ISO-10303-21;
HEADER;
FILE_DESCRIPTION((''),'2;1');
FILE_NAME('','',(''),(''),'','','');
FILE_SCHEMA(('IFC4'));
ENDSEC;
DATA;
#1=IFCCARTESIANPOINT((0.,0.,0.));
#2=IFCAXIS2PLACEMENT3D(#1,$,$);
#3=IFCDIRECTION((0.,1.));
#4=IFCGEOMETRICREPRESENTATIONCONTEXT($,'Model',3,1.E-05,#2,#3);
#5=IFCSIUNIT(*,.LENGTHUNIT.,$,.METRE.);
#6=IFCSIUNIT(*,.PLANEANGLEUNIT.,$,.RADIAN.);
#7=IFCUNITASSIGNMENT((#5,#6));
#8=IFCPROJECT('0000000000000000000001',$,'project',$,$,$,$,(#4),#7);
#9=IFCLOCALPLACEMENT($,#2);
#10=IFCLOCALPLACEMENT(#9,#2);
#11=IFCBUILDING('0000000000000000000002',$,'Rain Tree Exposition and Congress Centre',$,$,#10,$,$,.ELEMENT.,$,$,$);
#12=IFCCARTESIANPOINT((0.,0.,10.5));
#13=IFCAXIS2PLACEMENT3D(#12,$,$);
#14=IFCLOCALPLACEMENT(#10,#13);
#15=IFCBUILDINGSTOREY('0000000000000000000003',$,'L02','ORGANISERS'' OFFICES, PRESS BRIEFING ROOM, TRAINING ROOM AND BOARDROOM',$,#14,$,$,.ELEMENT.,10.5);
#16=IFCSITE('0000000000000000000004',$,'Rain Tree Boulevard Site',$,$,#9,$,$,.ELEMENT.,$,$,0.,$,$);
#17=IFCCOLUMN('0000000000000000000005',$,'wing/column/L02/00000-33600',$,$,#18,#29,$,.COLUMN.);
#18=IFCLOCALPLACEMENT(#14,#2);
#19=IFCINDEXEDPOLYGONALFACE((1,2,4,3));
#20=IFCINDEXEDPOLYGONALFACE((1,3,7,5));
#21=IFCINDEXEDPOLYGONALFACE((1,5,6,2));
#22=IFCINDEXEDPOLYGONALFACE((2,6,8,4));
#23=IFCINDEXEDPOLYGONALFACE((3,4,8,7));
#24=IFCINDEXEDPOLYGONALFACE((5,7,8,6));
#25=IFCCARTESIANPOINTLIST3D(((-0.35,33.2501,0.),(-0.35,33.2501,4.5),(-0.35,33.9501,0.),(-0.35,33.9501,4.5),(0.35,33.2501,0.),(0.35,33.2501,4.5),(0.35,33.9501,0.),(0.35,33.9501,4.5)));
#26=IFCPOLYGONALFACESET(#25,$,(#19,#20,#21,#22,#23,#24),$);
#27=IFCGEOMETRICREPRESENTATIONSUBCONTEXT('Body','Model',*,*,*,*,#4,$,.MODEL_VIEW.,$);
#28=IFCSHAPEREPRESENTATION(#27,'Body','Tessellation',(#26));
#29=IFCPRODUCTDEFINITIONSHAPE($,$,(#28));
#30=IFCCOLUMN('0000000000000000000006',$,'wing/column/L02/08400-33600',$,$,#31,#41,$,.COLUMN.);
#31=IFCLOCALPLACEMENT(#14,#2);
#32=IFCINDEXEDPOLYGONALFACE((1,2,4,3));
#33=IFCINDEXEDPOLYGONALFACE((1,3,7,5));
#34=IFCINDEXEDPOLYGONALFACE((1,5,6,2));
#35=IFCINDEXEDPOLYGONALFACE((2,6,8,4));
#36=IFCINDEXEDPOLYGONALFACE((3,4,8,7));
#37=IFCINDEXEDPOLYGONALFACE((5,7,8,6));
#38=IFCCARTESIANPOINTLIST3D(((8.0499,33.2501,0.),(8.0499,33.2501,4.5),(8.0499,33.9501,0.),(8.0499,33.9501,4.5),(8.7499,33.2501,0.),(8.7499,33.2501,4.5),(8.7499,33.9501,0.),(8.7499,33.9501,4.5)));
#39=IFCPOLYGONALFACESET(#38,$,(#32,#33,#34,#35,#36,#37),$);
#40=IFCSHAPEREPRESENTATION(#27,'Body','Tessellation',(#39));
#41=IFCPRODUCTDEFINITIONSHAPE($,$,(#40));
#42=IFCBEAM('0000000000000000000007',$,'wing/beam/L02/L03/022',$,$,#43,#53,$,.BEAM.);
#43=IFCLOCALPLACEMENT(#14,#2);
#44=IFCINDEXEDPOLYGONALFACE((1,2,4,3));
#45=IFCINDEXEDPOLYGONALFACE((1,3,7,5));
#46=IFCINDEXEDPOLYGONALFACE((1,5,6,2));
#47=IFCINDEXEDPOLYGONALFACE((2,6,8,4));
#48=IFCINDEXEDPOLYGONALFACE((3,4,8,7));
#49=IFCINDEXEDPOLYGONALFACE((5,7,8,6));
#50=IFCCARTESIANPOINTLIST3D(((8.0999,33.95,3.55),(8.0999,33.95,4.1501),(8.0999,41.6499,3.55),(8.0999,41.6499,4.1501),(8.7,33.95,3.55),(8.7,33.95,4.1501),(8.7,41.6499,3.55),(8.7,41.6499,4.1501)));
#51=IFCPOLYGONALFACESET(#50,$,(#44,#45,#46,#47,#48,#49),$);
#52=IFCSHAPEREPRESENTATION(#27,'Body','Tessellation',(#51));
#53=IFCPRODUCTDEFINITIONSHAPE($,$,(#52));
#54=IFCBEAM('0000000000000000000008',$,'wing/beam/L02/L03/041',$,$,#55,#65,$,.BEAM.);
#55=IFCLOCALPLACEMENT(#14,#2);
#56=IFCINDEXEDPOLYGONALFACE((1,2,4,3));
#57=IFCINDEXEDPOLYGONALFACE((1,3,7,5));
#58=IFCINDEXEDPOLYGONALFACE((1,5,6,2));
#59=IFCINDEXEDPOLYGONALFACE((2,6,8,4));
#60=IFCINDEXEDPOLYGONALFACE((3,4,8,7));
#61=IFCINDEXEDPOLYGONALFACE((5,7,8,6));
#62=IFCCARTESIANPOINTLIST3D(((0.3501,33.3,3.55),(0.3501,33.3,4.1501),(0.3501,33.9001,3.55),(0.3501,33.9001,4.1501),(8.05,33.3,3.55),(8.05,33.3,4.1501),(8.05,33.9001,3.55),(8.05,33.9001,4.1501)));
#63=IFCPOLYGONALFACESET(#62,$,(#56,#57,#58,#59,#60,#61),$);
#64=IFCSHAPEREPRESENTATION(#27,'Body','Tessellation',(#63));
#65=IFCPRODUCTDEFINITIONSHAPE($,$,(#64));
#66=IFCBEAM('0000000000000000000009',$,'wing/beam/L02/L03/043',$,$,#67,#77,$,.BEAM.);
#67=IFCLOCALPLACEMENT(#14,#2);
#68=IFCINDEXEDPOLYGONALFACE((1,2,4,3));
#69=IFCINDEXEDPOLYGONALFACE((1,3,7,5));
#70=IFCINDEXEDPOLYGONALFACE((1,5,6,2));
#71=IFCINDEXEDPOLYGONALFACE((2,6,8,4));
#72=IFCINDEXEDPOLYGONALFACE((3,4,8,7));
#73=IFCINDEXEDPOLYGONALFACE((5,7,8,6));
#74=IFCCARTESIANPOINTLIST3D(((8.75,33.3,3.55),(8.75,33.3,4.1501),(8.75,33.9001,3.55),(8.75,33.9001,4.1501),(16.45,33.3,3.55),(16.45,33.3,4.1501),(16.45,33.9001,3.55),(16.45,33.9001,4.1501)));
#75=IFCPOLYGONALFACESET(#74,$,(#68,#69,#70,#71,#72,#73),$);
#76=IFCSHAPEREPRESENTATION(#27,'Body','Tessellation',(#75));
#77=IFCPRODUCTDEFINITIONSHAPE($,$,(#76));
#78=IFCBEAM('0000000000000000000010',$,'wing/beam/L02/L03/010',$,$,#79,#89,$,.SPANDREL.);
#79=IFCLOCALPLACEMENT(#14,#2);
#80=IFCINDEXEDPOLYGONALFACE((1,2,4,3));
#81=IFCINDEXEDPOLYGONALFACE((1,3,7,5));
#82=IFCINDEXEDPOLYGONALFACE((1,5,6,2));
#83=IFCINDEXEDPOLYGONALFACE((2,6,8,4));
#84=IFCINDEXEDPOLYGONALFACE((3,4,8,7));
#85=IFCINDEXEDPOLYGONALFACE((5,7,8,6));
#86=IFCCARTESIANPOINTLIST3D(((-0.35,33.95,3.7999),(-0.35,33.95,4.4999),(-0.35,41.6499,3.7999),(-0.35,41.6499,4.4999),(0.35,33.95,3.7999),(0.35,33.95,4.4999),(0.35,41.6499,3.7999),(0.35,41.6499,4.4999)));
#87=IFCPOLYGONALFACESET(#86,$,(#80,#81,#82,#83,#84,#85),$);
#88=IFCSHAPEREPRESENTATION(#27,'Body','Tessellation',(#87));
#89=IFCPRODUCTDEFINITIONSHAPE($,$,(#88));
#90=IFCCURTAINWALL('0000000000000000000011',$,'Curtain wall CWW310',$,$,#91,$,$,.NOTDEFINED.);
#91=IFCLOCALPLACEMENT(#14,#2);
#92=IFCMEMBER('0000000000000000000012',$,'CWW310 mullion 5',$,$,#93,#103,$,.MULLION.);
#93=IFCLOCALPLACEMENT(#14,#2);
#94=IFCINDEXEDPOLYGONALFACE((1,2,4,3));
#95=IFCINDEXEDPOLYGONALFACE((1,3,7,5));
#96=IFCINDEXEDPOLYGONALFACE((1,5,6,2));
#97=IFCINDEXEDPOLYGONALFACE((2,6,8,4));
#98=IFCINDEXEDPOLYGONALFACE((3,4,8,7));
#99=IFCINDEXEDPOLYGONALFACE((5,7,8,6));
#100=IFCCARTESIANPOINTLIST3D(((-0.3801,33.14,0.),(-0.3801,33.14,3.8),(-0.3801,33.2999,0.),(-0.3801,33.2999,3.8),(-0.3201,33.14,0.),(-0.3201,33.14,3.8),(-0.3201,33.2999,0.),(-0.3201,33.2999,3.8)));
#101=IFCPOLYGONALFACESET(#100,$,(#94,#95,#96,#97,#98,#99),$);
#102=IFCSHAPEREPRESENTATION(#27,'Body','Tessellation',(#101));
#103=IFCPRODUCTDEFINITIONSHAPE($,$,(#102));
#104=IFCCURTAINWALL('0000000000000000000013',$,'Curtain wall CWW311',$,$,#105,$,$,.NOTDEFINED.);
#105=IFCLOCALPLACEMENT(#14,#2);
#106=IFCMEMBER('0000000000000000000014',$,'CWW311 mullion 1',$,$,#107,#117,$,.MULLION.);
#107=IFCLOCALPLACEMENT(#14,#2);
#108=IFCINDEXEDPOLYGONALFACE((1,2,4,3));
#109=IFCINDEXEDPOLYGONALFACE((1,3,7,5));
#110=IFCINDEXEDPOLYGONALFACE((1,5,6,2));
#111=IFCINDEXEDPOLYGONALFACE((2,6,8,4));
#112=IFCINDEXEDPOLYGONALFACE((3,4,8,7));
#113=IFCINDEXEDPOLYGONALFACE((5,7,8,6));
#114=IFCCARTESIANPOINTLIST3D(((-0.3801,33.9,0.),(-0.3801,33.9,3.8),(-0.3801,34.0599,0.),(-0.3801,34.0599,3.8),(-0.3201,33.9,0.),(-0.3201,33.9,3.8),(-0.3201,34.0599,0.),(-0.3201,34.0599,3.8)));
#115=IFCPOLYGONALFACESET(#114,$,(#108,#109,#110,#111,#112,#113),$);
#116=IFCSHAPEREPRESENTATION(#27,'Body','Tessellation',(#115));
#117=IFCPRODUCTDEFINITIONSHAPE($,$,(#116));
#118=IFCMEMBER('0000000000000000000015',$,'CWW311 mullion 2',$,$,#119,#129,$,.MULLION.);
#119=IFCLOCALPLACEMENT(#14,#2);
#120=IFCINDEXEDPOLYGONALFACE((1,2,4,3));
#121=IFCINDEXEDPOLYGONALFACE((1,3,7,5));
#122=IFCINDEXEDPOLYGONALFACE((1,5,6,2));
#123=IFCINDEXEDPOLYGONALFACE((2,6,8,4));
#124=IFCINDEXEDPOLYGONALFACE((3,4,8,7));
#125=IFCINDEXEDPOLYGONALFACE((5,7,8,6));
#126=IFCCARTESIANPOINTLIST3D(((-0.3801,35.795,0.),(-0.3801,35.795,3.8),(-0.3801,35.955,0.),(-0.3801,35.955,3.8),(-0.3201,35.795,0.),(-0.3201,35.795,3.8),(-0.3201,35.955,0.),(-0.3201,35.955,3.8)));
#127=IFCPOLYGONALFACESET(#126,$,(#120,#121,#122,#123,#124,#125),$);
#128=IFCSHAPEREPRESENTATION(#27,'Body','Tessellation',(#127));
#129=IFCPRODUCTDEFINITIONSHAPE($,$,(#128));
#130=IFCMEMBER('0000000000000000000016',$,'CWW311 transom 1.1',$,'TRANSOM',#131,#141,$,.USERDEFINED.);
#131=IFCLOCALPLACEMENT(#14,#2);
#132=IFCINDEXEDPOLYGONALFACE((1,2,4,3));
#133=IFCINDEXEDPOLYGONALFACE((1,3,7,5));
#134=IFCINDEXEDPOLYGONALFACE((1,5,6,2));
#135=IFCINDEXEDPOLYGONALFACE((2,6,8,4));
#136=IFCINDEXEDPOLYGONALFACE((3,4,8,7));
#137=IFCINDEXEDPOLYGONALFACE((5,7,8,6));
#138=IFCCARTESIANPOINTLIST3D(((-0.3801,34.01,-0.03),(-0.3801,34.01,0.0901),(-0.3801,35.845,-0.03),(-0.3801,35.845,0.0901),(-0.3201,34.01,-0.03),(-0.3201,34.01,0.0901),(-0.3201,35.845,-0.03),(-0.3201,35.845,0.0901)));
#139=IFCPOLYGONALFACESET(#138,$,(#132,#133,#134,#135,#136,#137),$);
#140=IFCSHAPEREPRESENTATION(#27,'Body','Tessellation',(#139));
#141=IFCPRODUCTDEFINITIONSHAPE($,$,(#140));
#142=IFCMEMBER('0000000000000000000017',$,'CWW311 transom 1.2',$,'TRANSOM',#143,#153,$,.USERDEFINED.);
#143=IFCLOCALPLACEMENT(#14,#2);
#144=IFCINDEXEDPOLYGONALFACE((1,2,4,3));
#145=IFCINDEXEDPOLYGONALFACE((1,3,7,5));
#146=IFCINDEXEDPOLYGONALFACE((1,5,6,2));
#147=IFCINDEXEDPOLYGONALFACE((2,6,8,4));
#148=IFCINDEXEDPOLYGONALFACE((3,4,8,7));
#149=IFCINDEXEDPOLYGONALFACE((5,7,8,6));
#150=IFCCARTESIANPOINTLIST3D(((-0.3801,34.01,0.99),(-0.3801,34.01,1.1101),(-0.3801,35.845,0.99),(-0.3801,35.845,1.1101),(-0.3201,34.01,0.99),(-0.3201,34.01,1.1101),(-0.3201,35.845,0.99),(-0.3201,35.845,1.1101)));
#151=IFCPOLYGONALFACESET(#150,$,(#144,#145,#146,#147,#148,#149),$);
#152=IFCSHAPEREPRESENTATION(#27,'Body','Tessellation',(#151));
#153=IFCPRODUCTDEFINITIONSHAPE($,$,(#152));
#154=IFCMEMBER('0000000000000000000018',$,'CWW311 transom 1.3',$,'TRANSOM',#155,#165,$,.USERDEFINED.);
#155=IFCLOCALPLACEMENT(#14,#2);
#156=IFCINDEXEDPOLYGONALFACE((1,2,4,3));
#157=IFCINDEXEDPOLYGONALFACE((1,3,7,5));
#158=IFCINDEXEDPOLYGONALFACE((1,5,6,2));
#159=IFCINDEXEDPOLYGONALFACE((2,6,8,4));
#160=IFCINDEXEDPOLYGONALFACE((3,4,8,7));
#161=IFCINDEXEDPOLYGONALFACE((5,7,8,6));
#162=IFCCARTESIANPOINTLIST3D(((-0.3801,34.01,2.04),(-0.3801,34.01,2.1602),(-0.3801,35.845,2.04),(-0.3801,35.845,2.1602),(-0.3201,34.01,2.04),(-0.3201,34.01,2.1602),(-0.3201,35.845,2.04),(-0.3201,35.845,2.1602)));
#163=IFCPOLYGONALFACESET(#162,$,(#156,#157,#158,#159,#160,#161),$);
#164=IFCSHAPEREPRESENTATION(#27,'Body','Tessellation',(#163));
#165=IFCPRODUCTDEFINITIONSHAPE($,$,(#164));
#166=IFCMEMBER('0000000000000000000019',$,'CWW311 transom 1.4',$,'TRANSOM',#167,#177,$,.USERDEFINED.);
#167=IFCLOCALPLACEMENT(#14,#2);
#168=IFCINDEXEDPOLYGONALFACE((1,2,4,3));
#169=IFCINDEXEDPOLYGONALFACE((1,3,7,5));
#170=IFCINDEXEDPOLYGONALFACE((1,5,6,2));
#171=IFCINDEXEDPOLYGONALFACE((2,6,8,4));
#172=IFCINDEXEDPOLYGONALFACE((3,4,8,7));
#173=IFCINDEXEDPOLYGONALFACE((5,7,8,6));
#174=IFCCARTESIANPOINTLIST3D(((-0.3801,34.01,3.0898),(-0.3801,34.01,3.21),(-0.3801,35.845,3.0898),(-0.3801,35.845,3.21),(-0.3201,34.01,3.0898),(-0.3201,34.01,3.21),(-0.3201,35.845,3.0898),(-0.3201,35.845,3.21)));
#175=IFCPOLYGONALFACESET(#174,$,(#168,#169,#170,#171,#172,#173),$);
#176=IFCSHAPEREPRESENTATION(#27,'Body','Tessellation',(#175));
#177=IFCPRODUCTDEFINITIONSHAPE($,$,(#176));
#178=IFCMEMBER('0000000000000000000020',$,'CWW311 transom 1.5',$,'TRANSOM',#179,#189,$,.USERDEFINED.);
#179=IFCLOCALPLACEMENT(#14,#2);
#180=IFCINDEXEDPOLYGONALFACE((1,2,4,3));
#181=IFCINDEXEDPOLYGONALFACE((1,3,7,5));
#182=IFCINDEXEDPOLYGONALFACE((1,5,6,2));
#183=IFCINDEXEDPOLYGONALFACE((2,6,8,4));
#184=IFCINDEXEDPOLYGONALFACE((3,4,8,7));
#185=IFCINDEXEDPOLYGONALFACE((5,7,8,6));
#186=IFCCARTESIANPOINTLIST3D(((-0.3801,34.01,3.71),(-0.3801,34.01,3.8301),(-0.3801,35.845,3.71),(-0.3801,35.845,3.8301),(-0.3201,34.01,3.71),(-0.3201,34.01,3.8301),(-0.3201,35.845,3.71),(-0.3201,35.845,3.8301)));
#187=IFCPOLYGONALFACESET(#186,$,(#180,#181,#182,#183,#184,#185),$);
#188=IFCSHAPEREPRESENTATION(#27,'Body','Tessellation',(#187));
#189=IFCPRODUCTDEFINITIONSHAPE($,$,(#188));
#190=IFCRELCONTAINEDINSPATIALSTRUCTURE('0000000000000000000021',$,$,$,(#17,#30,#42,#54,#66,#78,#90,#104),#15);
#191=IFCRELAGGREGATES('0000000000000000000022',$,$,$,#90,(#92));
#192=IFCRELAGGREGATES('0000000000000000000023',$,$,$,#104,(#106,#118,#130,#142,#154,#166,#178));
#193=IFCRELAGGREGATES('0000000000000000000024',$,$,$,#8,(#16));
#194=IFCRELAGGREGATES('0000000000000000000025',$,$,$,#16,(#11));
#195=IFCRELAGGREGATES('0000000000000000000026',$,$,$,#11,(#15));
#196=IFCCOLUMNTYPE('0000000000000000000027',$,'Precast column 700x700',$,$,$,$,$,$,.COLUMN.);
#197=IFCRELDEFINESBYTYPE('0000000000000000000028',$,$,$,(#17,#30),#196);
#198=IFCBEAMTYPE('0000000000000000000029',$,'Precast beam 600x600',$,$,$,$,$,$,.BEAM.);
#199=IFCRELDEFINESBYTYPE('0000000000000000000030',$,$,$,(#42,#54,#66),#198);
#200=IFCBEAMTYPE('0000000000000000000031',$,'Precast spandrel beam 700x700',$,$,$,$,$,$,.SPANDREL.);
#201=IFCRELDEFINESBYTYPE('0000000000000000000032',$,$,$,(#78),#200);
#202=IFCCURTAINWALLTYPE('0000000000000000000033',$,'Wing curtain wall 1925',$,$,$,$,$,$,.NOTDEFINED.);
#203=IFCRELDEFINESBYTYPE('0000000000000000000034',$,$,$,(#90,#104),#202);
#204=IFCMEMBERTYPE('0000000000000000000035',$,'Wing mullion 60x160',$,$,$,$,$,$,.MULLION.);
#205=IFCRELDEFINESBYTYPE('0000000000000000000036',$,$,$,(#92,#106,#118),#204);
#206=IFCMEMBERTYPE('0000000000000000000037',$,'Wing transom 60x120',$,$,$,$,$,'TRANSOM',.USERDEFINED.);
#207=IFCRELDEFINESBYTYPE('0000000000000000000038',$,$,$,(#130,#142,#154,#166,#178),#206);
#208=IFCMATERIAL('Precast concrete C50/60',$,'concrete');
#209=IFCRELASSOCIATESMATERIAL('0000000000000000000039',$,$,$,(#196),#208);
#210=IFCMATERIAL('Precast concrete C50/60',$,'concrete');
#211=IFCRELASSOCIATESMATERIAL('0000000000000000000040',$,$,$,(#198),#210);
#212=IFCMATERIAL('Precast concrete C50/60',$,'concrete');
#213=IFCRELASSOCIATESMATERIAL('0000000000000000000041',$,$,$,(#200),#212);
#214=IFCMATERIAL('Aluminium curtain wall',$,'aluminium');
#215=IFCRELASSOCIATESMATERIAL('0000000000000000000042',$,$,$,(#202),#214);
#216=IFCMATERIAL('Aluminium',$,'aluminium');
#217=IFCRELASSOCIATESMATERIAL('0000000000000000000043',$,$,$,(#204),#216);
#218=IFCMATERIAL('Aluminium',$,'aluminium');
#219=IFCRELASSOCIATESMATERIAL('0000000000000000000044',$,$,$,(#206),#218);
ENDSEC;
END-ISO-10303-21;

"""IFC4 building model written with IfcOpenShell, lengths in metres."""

from ifc_helpers import new_model, si_unit, direction, frame, origin, origin_2d, place, context, subcontext, project, spatial, rectangle, extrude, material, material_profile, profile_set, type_object, element, aggregate, save


model = new_model("IFC4")

# Units and contexts
model_context = context("Model", 3, precision=1e-05, world=origin(), true_north=direction((0.0, 1.0)))
body_context = subcontext(model_context, "Body", "Model", "MODEL_VIEW")
ifc_project = project(units=[si_unit("LENGTHUNIT", "METRE"), si_unit("PLANEANGLEUNIT", "RADIAN")], contexts=[model_context])

# Site, building, storey
site_placement = place(None, origin())
site = spatial("IfcSite", under=ifc_project, at=site_placement, Name="Rain Tree Boulevard Site", CompositionType="ELEMENT", RefElevation=0.0)
building_placement = place(site_placement, origin())
building = spatial("IfcBuilding", under=site, at=building_placement, Name="Rain Tree Exposition and Congress Centre", CompositionType="ELEMENT")
storey_placement = place(building_placement, frame((0.0, 0.0, 10.5)))
storey = spatial("IfcBuildingStorey", under=building, at=storey_placement, Name="L02", Description="ORGANISERS' OFFICES, PRESS BRIEFING ROOM, TRAINING ROOM AND BOARDROOM", CompositionType="ELEMENT", Elevation=10.5)

# Columns
ifc_material_1 = material(Name="Precast concrete C50/60", Category="concrete")
ifc_material_profile_1 = material_profile(ifc_material_1, rectangle(XDim=0.7, YDim=0.7, at=origin_2d()), Name="RC 700x700")
ifc_profile_set_1 = profile_set([ifc_material_profile_1], Name="Precast concrete C50/60")
column_type = type_object("IfcColumnType", Name="Precast column 700x700", PredefinedType="COLUMN", material=ifc_profile_set_1)
for number, where, z_axis, x_axis, name in (
    (1, (0.0, 33.6001, 0.0), (0.0, 0.0, 1.0), (1.0, 0.0, 0.0), "wing/column/L02/00000-33600"),
    (2, (8.3999, 33.6001, 0.0), (0.0, 0.0, 1.0), (1.0, 0.0, 0.0), "wing/column/L02/08400-33600"),
):
    element("IfcColumn", number, at=place(storey_placement, frame(where, z_axis=z_axis, x_axis=x_axis)), inside=storey, type_object=column_type, Name=name, PredefinedType="COLUMN", context=body_context, shape_type="SweptSolid", body=[
        extrude(rectangle(XDim=0.7, YDim=0.7, at=origin_2d()), origin(), (0.0, 0.0, 1.0), 4.5),
    ])

# Beams
ifc_material_2 = material(Name="Precast concrete C50/60", Category="concrete")
ifc_material_profile_2 = material_profile(ifc_material_2, rectangle(XDim=0.6001, YDim=0.6001, at=origin_2d()), Name="RC 600x600")
ifc_profile_set_2 = profile_set([ifc_material_profile_2], Name="Precast concrete C50/60")
beam_type_1 = type_object("IfcBeamType", Name="Precast beam 600x600", PredefinedType="BEAM", material=ifc_profile_set_2)
for number, where, z_axis, x_axis, name in (
    (3, (8.3999, 33.95, 3.8501), (0.0, 1.0, 0.0), (-1.0, 0.0, 0.0), "wing/beam/L02/L03/022"),
    (4, (0.3501, 33.6001, 3.8501), (1.0, 0.0, 0.0), (0.0, 1.0, 0.0), "wing/beam/L02/L03/041"),
    (5, (8.75, 33.6001, 3.8501), (1.0, 0.0, 0.0), (0.0, 1.0, 0.0), "wing/beam/L02/L03/043"),
):
    element("IfcBeam", number, at=place(storey_placement, frame(where, z_axis=z_axis, x_axis=x_axis)), inside=storey, type_object=beam_type_1, Name=name, PredefinedType="BEAM", context=body_context, shape_type="SweptSolid", body=[
        extrude(rectangle(XDim=0.6001, YDim=0.6001, at=origin_2d()), origin(), (0.0, 0.0, 1.0), 7.7),
    ])
ifc_material_3 = material(Name="Precast concrete C50/60", Category="concrete")
ifc_material_profile_3 = material_profile(ifc_material_3, rectangle(XDim=0.7, YDim=0.7, at=origin_2d()), Name="RC 700x700")
ifc_profile_set_3 = profile_set([ifc_material_profile_3], Name="Precast concrete C50/60")
beam_type_2 = type_object("IfcBeamType", Name="Precast spandrel beam 700x700", PredefinedType="SPANDREL", material=ifc_profile_set_3)
beam_placement = place(storey_placement, frame((0.0, 33.95, 4.1499), z_axis=(0.0, 1.0, 0.0), x_axis=(-1.0, 0.0, 0.0)))
element("IfcBeam", 6, at=beam_placement, inside=storey, type_object=beam_type_2, Name="wing/beam/L02/L03/010", PredefinedType="SPANDREL", context=body_context, shape_type="SweptSolid", body=[
    extrude(rectangle(XDim=0.7, YDim=0.7, at=origin_2d()), origin(), (0.0, 0.0, 1.0), 7.7),
])

# Curtain wall, member
ifc_material_4 = material(Name="Aluminium curtain wall", Category="aluminium")
curtain_wall_type = type_object("IfcCurtainWallType", Name="Wing curtain wall 1925", PredefinedType="NOTDEFINED", material=ifc_material_4)
curtain_wall_1_placement = place(storey_placement, origin())
curtain_wall_1 = element("IfcCurtainWall", 7, at=curtain_wall_1_placement, inside=storey, type_object=curtain_wall_type, Name="Curtain wall CWW310", PredefinedType="NOTDEFINED")
ifc_material_5 = material(Name="Aluminium", Category="aluminium")
ifc_material_profile_4 = material_profile(ifc_material_5, rectangle(XDim=0.0601, YDim=0.1599, at=origin_2d()), Name="Aluminium 60x160")
ifc_profile_set_4 = profile_set([ifc_material_profile_4], Name="Aluminium")
member_type_1 = type_object("IfcMemberType", Name="Wing mullion 60x160", PredefinedType="MULLION", material=ifc_profile_set_4)
member_1_placement = place(storey_placement, frame((-0.3501, 33.22, 0.0), z_axis=(0.0, 0.0, 1.0), x_axis=(-1.0, 0.0, 0.0)))
member_1 = element("IfcMember", 8, at=member_1_placement, type_object=member_type_1, Name="CWW310 mullion 5", PredefinedType="MULLION", context=body_context, shape_type="SweptSolid", body=[
    extrude(rectangle(XDim=0.0601, YDim=0.1599, at=origin_2d()), origin(), (0.0, 0.0, 1.0), 3.8),
])

# Curtain wall, members
curtain_wall_2_placement = place(storey_placement, origin())
curtain_wall_2 = element("IfcCurtainWall", 9, at=curtain_wall_2_placement, inside=storey, type_object=curtain_wall_type, Name="Curtain wall CWW311", PredefinedType="NOTDEFINED")
member_2_placement = place(storey_placement, frame((-0.3501, 33.98, 0.0), z_axis=(0.0, 0.0, 1.0), x_axis=(-1.0, 0.0, 0.0)))
member_2 = element("IfcMember", 10, at=member_2_placement, type_object=member_type_1, Name="CWW311 mullion 1", PredefinedType="MULLION", context=body_context, shape_type="SweptSolid", body=[
    extrude(rectangle(XDim=0.0601, YDim=0.1599, at=origin_2d()), origin(), (0.0, 0.0, 1.0), 3.8),
])
member_3_placement = place(storey_placement, frame((-0.3501, 35.875, 0.0), z_axis=(0.0, 0.0, 1.0), x_axis=(-1.0, 0.0, 0.0)))
member_3 = element("IfcMember", 11, at=member_3_placement, type_object=member_type_1, Name="CWW311 mullion 2", PredefinedType="MULLION", context=body_context, shape_type="SweptSolid", body=[
    extrude(rectangle(XDim=0.0601, YDim=0.1599, at=origin_2d()), origin(), (0.0, 0.0, 1.0), 3.8),
])
ifc_material_6 = material(Name="Aluminium", Category="aluminium")
ifc_material_profile_5 = material_profile(ifc_material_6, rectangle(XDim=0.0601, YDim=0.1201, at=origin_2d()), Name="Aluminium 60x120")
ifc_profile_set_5 = profile_set([ifc_material_profile_5], Name="Aluminium")
member_type_2 = type_object("IfcMemberType", Name="Wing transom 60x120", ElementType="TRANSOM", PredefinedType="USERDEFINED", material=ifc_profile_set_5)
member_4_placement = place(storey_placement, frame((-0.3501, 34.01, 0.03), z_axis=(0.0, 1.0, 0.0), x_axis=(-1.0, 0.0, 0.0)))
member_4 = element("IfcMember", 12, at=member_4_placement, type_object=member_type_2, Name="CWW311 transom 1.1", ObjectType="TRANSOM", PredefinedType="USERDEFINED", context=body_context, shape_type="SweptSolid", body=[
    extrude(rectangle(XDim=0.0601, YDim=0.1201, at=origin_2d()), origin(), (0.0, 0.0, 1.0), 1.835),
])
member_5_placement = place(storey_placement, frame((-0.3501, 34.01, 1.05), z_axis=(0.0, 1.0, 0.0), x_axis=(-1.0, 0.0, 0.0)))
member_5 = element("IfcMember", 13, at=member_5_placement, type_object=member_type_2, Name="CWW311 transom 1.2", ObjectType="TRANSOM", PredefinedType="USERDEFINED", context=body_context, shape_type="SweptSolid", body=[
    extrude(rectangle(XDim=0.0601, YDim=0.1201, at=origin_2d()), origin(), (0.0, 0.0, 1.0), 1.835),
])
member_6_placement = place(storey_placement, frame((-0.3501, 34.01, 2.1001), z_axis=(0.0, 1.0, 0.0), x_axis=(-1.0, 0.0, 0.0)))
member_6 = element("IfcMember", 14, at=member_6_placement, type_object=member_type_2, Name="CWW311 transom 1.3", ObjectType="TRANSOM", PredefinedType="USERDEFINED", context=body_context, shape_type="SweptSolid", body=[
    extrude(rectangle(XDim=0.0601, YDim=0.1201, at=origin_2d()), origin(), (0.0, 0.0, 1.0), 1.835),
])
member_7_placement = place(storey_placement, frame((-0.3501, 34.01, 3.1499), z_axis=(0.0, 1.0, 0.0), x_axis=(-1.0, 0.0, 0.0)))
member_7 = element("IfcMember", 15, at=member_7_placement, type_object=member_type_2, Name="CWW311 transom 1.4", ObjectType="TRANSOM", PredefinedType="USERDEFINED", context=body_context, shape_type="SweptSolid", body=[
    extrude(rectangle(XDim=0.0601, YDim=0.1201, at=origin_2d()), origin(), (0.0, 0.0, 1.0), 1.835),
])
member_8_placement = place(storey_placement, frame((-0.3501, 34.01, 3.77), z_axis=(0.0, 1.0, 0.0), x_axis=(-1.0, 0.0, 0.0)))
member_8 = element("IfcMember", 16, at=member_8_placement, type_object=member_type_2, Name="CWW311 transom 1.5", ObjectType="TRANSOM", PredefinedType="USERDEFINED", context=body_context, shape_type="SweptSolid", body=[
    extrude(rectangle(XDim=0.0601, YDim=0.1201, at=origin_2d()), origin(), (0.0, 0.0, 1.0), 1.835),
])

aggregate(curtain_wall_1, [member_1])
aggregate(curtain_wall_2, [member_2, member_3, member_4, member_5, member_6, member_7, member_8])

save(model, "model.ifc")
